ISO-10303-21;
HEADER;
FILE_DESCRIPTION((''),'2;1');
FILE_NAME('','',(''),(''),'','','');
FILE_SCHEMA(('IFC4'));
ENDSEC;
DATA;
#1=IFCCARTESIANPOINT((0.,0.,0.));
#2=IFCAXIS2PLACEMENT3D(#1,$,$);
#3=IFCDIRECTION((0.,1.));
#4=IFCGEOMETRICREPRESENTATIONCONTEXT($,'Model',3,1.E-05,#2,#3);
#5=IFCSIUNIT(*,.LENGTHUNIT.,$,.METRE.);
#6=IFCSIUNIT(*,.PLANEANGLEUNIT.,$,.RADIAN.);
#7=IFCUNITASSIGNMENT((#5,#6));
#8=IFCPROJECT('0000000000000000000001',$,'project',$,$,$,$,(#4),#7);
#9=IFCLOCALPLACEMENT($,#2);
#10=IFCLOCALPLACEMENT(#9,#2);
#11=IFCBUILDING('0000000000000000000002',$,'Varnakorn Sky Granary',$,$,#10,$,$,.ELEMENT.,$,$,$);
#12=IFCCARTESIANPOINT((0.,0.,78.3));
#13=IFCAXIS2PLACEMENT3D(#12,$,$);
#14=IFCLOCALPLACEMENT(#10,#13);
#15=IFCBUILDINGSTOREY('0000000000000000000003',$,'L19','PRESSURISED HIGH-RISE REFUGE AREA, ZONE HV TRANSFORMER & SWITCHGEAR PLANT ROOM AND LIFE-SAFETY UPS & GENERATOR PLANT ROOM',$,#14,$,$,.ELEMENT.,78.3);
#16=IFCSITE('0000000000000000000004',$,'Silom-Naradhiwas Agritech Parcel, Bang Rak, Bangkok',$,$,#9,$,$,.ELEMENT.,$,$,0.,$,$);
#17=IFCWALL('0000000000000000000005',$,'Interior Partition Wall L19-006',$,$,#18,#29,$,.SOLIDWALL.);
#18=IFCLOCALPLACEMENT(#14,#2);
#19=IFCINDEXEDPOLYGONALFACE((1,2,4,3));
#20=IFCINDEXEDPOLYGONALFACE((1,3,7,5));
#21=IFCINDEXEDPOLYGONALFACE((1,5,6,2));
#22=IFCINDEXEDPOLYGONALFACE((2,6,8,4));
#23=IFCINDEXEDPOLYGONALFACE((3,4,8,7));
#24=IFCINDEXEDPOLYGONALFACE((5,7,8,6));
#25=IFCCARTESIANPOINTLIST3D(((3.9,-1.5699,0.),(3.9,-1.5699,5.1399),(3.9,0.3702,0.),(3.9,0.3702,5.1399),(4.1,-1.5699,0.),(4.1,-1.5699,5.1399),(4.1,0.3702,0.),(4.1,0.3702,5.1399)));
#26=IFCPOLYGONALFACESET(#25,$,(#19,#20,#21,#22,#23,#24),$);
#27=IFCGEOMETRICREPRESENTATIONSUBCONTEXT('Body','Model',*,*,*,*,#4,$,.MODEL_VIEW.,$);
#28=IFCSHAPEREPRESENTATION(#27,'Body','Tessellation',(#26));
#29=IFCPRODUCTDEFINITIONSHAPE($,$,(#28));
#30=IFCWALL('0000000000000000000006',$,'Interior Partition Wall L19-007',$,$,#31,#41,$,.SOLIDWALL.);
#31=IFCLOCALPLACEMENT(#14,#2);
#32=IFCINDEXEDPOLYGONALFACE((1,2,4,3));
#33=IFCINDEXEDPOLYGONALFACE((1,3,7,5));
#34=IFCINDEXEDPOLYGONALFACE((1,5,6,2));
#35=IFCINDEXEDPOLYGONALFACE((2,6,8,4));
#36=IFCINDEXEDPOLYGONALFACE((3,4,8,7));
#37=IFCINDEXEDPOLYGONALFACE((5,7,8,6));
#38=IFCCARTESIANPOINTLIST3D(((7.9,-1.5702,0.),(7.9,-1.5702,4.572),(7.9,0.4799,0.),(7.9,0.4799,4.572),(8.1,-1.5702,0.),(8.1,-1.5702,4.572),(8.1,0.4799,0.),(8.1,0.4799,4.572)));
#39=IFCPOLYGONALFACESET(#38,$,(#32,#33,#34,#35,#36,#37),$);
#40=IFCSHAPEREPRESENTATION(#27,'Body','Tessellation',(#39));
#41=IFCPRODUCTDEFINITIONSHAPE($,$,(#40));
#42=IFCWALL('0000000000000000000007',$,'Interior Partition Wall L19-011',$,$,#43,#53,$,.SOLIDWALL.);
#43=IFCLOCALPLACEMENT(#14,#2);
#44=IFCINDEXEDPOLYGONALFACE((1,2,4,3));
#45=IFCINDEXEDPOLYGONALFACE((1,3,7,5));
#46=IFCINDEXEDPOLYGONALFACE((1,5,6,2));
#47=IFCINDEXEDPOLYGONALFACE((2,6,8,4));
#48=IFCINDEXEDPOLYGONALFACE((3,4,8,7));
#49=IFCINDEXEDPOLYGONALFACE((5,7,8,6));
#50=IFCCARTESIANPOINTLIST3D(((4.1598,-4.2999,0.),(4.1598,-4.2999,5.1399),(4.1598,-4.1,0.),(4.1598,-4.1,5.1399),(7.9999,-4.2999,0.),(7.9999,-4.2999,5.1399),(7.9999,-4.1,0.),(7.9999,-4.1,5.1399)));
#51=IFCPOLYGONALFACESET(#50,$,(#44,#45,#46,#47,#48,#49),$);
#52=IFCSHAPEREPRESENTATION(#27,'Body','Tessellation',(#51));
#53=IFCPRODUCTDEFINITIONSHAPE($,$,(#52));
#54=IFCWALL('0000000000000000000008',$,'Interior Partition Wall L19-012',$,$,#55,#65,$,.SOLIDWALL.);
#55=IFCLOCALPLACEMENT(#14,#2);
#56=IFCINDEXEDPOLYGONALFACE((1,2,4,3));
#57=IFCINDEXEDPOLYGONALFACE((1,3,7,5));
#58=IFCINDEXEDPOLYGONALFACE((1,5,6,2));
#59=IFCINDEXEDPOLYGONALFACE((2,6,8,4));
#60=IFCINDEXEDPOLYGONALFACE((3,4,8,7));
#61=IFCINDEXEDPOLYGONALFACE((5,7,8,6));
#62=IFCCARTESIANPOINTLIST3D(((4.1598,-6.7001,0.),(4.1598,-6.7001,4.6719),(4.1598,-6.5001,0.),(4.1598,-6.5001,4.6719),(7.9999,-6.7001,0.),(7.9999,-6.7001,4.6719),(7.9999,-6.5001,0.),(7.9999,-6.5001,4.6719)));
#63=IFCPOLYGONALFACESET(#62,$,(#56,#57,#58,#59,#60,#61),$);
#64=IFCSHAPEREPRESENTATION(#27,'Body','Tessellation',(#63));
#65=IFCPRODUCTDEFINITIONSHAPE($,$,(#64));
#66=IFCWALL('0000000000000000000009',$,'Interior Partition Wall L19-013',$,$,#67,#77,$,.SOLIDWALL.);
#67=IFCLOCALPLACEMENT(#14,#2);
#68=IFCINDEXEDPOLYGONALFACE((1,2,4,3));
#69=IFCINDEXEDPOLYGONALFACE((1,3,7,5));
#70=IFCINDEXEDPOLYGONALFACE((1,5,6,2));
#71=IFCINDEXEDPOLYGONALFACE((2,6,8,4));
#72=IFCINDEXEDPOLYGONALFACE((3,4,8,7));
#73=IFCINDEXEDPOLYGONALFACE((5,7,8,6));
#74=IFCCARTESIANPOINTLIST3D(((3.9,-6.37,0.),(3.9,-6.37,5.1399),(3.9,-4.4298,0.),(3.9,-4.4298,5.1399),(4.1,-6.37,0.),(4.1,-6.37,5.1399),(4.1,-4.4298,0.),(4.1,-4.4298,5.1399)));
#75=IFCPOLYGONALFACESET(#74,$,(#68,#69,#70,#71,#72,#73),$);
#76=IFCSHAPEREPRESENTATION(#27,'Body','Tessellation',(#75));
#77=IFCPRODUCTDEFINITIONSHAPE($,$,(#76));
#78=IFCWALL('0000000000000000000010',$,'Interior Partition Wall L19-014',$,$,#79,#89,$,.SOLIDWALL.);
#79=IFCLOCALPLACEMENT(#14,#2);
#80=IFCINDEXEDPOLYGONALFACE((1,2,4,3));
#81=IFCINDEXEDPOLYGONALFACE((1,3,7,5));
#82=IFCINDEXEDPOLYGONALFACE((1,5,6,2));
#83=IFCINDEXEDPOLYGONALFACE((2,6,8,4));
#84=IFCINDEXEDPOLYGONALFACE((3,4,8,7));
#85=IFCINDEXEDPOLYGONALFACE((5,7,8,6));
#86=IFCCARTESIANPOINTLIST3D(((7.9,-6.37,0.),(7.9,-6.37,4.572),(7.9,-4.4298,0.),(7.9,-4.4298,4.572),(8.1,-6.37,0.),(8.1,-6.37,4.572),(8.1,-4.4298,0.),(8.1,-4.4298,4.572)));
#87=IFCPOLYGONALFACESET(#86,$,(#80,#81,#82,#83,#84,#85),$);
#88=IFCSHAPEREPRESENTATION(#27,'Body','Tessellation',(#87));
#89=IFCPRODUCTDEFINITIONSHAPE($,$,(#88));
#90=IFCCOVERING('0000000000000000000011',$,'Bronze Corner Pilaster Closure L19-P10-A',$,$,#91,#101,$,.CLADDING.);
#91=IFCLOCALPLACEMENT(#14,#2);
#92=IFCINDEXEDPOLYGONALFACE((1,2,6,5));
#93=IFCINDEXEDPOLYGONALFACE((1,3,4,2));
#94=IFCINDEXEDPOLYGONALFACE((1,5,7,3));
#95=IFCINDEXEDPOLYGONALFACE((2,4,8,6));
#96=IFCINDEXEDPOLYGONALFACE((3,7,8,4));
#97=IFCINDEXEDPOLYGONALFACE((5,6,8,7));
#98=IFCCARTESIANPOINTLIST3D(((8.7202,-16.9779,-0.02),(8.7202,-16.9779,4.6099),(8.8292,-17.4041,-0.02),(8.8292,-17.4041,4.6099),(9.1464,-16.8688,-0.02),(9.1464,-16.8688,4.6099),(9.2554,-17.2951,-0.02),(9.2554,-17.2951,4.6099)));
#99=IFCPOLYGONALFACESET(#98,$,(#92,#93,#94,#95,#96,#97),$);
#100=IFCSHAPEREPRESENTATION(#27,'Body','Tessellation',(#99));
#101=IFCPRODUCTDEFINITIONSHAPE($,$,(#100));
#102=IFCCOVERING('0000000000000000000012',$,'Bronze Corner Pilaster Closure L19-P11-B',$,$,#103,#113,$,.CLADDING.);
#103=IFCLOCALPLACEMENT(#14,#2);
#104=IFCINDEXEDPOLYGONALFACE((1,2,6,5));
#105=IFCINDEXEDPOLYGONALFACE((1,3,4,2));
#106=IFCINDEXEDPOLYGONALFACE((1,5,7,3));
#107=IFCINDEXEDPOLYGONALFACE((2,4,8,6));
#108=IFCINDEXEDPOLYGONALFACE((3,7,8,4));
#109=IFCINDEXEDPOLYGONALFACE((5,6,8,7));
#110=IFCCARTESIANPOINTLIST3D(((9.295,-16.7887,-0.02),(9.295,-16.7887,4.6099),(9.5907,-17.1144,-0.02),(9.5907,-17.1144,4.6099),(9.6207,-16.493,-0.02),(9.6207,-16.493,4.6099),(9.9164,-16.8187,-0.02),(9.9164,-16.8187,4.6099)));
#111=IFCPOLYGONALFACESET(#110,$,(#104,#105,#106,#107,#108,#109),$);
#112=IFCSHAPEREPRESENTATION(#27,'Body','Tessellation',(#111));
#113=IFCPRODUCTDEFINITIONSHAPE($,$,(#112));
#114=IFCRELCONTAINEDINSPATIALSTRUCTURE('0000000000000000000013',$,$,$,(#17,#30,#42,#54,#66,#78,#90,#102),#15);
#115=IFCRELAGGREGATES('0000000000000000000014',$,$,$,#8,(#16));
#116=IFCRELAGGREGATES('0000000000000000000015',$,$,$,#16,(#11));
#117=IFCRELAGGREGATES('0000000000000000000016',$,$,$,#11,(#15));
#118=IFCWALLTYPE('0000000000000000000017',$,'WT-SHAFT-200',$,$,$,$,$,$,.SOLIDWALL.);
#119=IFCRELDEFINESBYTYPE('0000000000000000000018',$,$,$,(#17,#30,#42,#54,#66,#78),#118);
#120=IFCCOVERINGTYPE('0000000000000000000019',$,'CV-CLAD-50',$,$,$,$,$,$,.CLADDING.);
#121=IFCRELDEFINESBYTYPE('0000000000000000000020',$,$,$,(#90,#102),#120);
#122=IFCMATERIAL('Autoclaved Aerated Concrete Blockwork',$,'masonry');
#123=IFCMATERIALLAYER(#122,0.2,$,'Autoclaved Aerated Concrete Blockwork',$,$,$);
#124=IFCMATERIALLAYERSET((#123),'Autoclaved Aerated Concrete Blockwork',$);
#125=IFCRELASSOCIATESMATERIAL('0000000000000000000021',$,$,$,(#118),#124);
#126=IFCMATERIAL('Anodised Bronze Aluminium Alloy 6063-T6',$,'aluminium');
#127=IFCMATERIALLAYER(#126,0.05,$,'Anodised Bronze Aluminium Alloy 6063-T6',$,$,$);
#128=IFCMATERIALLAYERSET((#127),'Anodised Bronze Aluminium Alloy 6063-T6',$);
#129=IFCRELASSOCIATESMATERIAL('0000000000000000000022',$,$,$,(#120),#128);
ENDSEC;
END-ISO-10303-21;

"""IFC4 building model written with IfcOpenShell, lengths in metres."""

from ifc_helpers import new_model, si_unit, direction, frame, frame_2d, origin, origin_2d, place, context, subcontext, project, spatial, rectangle, extrude, source, transform, mapped, material, layer, layer_set, type_object, type_shapes, element, save


model = new_model("IFC4")

# Units and contexts
model_context = context("Model", 3, precision=1e-05, world=origin(), true_north=direction((0.0, 1.0)))
body_context = subcontext(model_context, "Body", "Model", "MODEL_VIEW")
ifc_project = project(units=[si_unit("LENGTHUNIT", "METRE"), si_unit("PLANEANGLEUNIT", "RADIAN")], contexts=[model_context])

# Site, building, storey
site_placement = place(None, origin())
site = spatial("IfcSite", under=ifc_project, at=site_placement, Name="Silom-Naradhiwas Agritech Parcel, Bang Rak, Bangkok", CompositionType="ELEMENT", RefElevation=0.0)
building_placement = place(site_placement, origin())
building = spatial("IfcBuilding", under=site, at=building_placement, Name="Varnakorn Sky Granary", CompositionType="ELEMENT")
storey_placement = place(building_placement, frame((0.0, 0.0, 78.3)))
storey = spatial("IfcBuildingStorey", under=building, at=storey_placement, Name="L19", Description="PRESSURISED HIGH-RISE REFUGE AREA, ZONE HV TRANSFORMER & SWITCHGEAR PLANT ROOM AND LIFE-SAFETY UPS & GENERATOR PLANT ROOM", CompositionType="ELEMENT", Elevation=78.3)

# Shared definitions
ifc_material_1 = material(Name="Autoclaved Aerated Concrete Blockwork", Category="masonry")

# Walls
ifc_layer_1 = layer(ifc_material_1, 0.2, Name="Autoclaved Aerated Concrete Blockwork")
ifc_layer_set_1 = layer_set([ifc_layer_1], Name="Autoclaved Aerated Concrete Blockwork")
wall_type_1 = type_object("IfcWallType", Name="WT-SHAFT-200", PredefinedType="SOLIDWALL", material=ifc_layer_set_1)
wall_1_placement = place(storey_placement, frame((4.0, -1.5701, 0.0), z_axis=(0.0, 0.0, 1.0), x_axis=(0.0, 1.0, 0.0)))
element("IfcWall", 1, at=wall_1_placement, inside=storey, type_object=wall_type_1, Name="Interior Partition Wall L19-006", PredefinedType="SOLIDWALL", context=body_context, shape_type="SweptSolid", body=[
    extrude(rectangle(XDim=1.9402, YDim=0.2, at=frame_2d((0.9702, 0.0))), origin(), (0.0, 0.0, 1.0), 5.1399),
])
wall_2_placement = place(storey_placement, frame((8.0, -1.5701, 0.0), z_axis=(0.0, 0.0, 1.0), x_axis=(0.0, 1.0, 0.0)))
element("IfcWall", 2, at=wall_2_placement, inside=storey, type_object=wall_type_1, Name="Interior Partition Wall L19-007", PredefinedType="SOLIDWALL", context=body_context, shape_type="SweptSolid", body=[
    extrude(rectangle(XDim=2.05, YDim=0.2, at=frame_2d((1.0249, 0.0))), origin(), (0.0, 0.0, 1.0), 4.572),
])
wall_3_placement = place(storey_placement, frame((4.1599, -4.2, 0.0), z_axis=(0.0, 0.0, 1.0), x_axis=(1.0, 0.0, 0.0)))
element("IfcWall", 3, at=wall_3_placement, inside=storey, type_object=wall_type_1, Name="Interior Partition Wall L19-011", PredefinedType="SOLIDWALL", context=body_context, shape_type="SweptSolid", body=[
    extrude(rectangle(XDim=3.8401, YDim=0.2, at=frame_2d((1.9199, 0.0))), origin(), (0.0, 0.0, 1.0), 5.1399),
])
wall_4_placement = place(storey_placement, frame((4.1599, -6.6001, 0.0), z_axis=(0.0, 0.0, 1.0), x_axis=(1.0, 0.0, 0.0)))
element("IfcWall", 4, at=wall_4_placement, inside=storey, type_object=wall_type_1, Name="Interior Partition Wall L19-012", PredefinedType="SOLIDWALL", context=body_context, shape_type="SweptSolid", body=[
    extrude(rectangle(XDim=3.8401, YDim=0.2, at=frame_2d((1.9199, 0.0))), origin(), (0.0, 0.0, 1.0), 4.6719),
])
wall_5_placement = place(storey_placement, frame((4.0, -6.3701, 0.0), z_axis=(0.0, 0.0, 1.0), x_axis=(0.0, 1.0, 0.0)))
element("IfcWall", 5, at=wall_5_placement, inside=storey, type_object=wall_type_1, Name="Interior Partition Wall L19-013", PredefinedType="SOLIDWALL", context=body_context, shape_type="SweptSolid", body=[
    extrude(rectangle(XDim=1.9402, YDim=0.2, at=frame_2d((0.9702, 0.0))), origin(), (0.0, 0.0, 1.0), 5.1399),
])
wall_6_placement = place(storey_placement, frame((8.0, -6.3701, 0.0), z_axis=(0.0, 0.0, 1.0), x_axis=(0.0, 1.0, 0.0)))
element("IfcWall", 6, at=wall_6_placement, inside=storey, type_object=wall_type_1, Name="Interior Partition Wall L19-014", PredefinedType="SOLIDWALL", context=body_context, shape_type="SweptSolid", body=[
    extrude(rectangle(XDim=1.9402, YDim=0.2, at=frame_2d((0.9702, 0.0))), origin(), (0.0, 0.0, 1.0), 4.572),
])

# Coverings
ifc_material_2 = material(Name="Anodised Bronze Aluminium Alloy 6063-T6", Category="aluminium")
ifc_layer_2 = layer(ifc_material_2, 0.05, Name="Anodised Bronze Aluminium Alloy 6063-T6")
ifc_layer_set_2 = layer_set([ifc_layer_2], Name="Anodised Bronze Aluminium Alloy 6063-T6")
covering_type = type_object("IfcCoveringType", Name="CV-CLAD-50", PredefinedType="CLADDING", material=ifc_layer_set_2)
shared_shape = source(origin(), body_context, "Body", "SweptSolid", [
    extrude(rectangle(XDim=0.4399, YDim=0.4399, at=origin_2d()), origin(), (0.0, 0.0, 1.0), 4.6299),
])
type_shapes(covering_type, [shared_shape])
for number, where, z_axis, x_axis, name in (
    (7, (8.9878, -17.1365, -0.02), (0.0, 0.0, 1.0), (-0.9688, -0.247845, 0.0), "Bronze Corner Pilaster Closure L19-P10-A"),
    (8, (9.6057, -16.8037, -0.02), (0.0, 0.0, 1.0), (-0.740335, -0.672238, 0.0), "Bronze Corner Pilaster Closure L19-P11-B"),
):
    element("IfcCovering", number, at=place(storey_placement, frame(where, z_axis=z_axis, x_axis=x_axis)), inside=storey, type_object=covering_type, Name=name, PredefinedType="CLADDING", context=body_context, shape_type="MappedRepresentation", body=[
        mapped(shared_shape, transform((0.0, 0.0, 0.0), x_axis=(1.0, 0.0, 0.0), y_axis=(0.0, 1.0, 0.0), z_axis=(0.0, 0.0, 1.0), scale=1.0)),
    ])

save(model, "model.ifc")
